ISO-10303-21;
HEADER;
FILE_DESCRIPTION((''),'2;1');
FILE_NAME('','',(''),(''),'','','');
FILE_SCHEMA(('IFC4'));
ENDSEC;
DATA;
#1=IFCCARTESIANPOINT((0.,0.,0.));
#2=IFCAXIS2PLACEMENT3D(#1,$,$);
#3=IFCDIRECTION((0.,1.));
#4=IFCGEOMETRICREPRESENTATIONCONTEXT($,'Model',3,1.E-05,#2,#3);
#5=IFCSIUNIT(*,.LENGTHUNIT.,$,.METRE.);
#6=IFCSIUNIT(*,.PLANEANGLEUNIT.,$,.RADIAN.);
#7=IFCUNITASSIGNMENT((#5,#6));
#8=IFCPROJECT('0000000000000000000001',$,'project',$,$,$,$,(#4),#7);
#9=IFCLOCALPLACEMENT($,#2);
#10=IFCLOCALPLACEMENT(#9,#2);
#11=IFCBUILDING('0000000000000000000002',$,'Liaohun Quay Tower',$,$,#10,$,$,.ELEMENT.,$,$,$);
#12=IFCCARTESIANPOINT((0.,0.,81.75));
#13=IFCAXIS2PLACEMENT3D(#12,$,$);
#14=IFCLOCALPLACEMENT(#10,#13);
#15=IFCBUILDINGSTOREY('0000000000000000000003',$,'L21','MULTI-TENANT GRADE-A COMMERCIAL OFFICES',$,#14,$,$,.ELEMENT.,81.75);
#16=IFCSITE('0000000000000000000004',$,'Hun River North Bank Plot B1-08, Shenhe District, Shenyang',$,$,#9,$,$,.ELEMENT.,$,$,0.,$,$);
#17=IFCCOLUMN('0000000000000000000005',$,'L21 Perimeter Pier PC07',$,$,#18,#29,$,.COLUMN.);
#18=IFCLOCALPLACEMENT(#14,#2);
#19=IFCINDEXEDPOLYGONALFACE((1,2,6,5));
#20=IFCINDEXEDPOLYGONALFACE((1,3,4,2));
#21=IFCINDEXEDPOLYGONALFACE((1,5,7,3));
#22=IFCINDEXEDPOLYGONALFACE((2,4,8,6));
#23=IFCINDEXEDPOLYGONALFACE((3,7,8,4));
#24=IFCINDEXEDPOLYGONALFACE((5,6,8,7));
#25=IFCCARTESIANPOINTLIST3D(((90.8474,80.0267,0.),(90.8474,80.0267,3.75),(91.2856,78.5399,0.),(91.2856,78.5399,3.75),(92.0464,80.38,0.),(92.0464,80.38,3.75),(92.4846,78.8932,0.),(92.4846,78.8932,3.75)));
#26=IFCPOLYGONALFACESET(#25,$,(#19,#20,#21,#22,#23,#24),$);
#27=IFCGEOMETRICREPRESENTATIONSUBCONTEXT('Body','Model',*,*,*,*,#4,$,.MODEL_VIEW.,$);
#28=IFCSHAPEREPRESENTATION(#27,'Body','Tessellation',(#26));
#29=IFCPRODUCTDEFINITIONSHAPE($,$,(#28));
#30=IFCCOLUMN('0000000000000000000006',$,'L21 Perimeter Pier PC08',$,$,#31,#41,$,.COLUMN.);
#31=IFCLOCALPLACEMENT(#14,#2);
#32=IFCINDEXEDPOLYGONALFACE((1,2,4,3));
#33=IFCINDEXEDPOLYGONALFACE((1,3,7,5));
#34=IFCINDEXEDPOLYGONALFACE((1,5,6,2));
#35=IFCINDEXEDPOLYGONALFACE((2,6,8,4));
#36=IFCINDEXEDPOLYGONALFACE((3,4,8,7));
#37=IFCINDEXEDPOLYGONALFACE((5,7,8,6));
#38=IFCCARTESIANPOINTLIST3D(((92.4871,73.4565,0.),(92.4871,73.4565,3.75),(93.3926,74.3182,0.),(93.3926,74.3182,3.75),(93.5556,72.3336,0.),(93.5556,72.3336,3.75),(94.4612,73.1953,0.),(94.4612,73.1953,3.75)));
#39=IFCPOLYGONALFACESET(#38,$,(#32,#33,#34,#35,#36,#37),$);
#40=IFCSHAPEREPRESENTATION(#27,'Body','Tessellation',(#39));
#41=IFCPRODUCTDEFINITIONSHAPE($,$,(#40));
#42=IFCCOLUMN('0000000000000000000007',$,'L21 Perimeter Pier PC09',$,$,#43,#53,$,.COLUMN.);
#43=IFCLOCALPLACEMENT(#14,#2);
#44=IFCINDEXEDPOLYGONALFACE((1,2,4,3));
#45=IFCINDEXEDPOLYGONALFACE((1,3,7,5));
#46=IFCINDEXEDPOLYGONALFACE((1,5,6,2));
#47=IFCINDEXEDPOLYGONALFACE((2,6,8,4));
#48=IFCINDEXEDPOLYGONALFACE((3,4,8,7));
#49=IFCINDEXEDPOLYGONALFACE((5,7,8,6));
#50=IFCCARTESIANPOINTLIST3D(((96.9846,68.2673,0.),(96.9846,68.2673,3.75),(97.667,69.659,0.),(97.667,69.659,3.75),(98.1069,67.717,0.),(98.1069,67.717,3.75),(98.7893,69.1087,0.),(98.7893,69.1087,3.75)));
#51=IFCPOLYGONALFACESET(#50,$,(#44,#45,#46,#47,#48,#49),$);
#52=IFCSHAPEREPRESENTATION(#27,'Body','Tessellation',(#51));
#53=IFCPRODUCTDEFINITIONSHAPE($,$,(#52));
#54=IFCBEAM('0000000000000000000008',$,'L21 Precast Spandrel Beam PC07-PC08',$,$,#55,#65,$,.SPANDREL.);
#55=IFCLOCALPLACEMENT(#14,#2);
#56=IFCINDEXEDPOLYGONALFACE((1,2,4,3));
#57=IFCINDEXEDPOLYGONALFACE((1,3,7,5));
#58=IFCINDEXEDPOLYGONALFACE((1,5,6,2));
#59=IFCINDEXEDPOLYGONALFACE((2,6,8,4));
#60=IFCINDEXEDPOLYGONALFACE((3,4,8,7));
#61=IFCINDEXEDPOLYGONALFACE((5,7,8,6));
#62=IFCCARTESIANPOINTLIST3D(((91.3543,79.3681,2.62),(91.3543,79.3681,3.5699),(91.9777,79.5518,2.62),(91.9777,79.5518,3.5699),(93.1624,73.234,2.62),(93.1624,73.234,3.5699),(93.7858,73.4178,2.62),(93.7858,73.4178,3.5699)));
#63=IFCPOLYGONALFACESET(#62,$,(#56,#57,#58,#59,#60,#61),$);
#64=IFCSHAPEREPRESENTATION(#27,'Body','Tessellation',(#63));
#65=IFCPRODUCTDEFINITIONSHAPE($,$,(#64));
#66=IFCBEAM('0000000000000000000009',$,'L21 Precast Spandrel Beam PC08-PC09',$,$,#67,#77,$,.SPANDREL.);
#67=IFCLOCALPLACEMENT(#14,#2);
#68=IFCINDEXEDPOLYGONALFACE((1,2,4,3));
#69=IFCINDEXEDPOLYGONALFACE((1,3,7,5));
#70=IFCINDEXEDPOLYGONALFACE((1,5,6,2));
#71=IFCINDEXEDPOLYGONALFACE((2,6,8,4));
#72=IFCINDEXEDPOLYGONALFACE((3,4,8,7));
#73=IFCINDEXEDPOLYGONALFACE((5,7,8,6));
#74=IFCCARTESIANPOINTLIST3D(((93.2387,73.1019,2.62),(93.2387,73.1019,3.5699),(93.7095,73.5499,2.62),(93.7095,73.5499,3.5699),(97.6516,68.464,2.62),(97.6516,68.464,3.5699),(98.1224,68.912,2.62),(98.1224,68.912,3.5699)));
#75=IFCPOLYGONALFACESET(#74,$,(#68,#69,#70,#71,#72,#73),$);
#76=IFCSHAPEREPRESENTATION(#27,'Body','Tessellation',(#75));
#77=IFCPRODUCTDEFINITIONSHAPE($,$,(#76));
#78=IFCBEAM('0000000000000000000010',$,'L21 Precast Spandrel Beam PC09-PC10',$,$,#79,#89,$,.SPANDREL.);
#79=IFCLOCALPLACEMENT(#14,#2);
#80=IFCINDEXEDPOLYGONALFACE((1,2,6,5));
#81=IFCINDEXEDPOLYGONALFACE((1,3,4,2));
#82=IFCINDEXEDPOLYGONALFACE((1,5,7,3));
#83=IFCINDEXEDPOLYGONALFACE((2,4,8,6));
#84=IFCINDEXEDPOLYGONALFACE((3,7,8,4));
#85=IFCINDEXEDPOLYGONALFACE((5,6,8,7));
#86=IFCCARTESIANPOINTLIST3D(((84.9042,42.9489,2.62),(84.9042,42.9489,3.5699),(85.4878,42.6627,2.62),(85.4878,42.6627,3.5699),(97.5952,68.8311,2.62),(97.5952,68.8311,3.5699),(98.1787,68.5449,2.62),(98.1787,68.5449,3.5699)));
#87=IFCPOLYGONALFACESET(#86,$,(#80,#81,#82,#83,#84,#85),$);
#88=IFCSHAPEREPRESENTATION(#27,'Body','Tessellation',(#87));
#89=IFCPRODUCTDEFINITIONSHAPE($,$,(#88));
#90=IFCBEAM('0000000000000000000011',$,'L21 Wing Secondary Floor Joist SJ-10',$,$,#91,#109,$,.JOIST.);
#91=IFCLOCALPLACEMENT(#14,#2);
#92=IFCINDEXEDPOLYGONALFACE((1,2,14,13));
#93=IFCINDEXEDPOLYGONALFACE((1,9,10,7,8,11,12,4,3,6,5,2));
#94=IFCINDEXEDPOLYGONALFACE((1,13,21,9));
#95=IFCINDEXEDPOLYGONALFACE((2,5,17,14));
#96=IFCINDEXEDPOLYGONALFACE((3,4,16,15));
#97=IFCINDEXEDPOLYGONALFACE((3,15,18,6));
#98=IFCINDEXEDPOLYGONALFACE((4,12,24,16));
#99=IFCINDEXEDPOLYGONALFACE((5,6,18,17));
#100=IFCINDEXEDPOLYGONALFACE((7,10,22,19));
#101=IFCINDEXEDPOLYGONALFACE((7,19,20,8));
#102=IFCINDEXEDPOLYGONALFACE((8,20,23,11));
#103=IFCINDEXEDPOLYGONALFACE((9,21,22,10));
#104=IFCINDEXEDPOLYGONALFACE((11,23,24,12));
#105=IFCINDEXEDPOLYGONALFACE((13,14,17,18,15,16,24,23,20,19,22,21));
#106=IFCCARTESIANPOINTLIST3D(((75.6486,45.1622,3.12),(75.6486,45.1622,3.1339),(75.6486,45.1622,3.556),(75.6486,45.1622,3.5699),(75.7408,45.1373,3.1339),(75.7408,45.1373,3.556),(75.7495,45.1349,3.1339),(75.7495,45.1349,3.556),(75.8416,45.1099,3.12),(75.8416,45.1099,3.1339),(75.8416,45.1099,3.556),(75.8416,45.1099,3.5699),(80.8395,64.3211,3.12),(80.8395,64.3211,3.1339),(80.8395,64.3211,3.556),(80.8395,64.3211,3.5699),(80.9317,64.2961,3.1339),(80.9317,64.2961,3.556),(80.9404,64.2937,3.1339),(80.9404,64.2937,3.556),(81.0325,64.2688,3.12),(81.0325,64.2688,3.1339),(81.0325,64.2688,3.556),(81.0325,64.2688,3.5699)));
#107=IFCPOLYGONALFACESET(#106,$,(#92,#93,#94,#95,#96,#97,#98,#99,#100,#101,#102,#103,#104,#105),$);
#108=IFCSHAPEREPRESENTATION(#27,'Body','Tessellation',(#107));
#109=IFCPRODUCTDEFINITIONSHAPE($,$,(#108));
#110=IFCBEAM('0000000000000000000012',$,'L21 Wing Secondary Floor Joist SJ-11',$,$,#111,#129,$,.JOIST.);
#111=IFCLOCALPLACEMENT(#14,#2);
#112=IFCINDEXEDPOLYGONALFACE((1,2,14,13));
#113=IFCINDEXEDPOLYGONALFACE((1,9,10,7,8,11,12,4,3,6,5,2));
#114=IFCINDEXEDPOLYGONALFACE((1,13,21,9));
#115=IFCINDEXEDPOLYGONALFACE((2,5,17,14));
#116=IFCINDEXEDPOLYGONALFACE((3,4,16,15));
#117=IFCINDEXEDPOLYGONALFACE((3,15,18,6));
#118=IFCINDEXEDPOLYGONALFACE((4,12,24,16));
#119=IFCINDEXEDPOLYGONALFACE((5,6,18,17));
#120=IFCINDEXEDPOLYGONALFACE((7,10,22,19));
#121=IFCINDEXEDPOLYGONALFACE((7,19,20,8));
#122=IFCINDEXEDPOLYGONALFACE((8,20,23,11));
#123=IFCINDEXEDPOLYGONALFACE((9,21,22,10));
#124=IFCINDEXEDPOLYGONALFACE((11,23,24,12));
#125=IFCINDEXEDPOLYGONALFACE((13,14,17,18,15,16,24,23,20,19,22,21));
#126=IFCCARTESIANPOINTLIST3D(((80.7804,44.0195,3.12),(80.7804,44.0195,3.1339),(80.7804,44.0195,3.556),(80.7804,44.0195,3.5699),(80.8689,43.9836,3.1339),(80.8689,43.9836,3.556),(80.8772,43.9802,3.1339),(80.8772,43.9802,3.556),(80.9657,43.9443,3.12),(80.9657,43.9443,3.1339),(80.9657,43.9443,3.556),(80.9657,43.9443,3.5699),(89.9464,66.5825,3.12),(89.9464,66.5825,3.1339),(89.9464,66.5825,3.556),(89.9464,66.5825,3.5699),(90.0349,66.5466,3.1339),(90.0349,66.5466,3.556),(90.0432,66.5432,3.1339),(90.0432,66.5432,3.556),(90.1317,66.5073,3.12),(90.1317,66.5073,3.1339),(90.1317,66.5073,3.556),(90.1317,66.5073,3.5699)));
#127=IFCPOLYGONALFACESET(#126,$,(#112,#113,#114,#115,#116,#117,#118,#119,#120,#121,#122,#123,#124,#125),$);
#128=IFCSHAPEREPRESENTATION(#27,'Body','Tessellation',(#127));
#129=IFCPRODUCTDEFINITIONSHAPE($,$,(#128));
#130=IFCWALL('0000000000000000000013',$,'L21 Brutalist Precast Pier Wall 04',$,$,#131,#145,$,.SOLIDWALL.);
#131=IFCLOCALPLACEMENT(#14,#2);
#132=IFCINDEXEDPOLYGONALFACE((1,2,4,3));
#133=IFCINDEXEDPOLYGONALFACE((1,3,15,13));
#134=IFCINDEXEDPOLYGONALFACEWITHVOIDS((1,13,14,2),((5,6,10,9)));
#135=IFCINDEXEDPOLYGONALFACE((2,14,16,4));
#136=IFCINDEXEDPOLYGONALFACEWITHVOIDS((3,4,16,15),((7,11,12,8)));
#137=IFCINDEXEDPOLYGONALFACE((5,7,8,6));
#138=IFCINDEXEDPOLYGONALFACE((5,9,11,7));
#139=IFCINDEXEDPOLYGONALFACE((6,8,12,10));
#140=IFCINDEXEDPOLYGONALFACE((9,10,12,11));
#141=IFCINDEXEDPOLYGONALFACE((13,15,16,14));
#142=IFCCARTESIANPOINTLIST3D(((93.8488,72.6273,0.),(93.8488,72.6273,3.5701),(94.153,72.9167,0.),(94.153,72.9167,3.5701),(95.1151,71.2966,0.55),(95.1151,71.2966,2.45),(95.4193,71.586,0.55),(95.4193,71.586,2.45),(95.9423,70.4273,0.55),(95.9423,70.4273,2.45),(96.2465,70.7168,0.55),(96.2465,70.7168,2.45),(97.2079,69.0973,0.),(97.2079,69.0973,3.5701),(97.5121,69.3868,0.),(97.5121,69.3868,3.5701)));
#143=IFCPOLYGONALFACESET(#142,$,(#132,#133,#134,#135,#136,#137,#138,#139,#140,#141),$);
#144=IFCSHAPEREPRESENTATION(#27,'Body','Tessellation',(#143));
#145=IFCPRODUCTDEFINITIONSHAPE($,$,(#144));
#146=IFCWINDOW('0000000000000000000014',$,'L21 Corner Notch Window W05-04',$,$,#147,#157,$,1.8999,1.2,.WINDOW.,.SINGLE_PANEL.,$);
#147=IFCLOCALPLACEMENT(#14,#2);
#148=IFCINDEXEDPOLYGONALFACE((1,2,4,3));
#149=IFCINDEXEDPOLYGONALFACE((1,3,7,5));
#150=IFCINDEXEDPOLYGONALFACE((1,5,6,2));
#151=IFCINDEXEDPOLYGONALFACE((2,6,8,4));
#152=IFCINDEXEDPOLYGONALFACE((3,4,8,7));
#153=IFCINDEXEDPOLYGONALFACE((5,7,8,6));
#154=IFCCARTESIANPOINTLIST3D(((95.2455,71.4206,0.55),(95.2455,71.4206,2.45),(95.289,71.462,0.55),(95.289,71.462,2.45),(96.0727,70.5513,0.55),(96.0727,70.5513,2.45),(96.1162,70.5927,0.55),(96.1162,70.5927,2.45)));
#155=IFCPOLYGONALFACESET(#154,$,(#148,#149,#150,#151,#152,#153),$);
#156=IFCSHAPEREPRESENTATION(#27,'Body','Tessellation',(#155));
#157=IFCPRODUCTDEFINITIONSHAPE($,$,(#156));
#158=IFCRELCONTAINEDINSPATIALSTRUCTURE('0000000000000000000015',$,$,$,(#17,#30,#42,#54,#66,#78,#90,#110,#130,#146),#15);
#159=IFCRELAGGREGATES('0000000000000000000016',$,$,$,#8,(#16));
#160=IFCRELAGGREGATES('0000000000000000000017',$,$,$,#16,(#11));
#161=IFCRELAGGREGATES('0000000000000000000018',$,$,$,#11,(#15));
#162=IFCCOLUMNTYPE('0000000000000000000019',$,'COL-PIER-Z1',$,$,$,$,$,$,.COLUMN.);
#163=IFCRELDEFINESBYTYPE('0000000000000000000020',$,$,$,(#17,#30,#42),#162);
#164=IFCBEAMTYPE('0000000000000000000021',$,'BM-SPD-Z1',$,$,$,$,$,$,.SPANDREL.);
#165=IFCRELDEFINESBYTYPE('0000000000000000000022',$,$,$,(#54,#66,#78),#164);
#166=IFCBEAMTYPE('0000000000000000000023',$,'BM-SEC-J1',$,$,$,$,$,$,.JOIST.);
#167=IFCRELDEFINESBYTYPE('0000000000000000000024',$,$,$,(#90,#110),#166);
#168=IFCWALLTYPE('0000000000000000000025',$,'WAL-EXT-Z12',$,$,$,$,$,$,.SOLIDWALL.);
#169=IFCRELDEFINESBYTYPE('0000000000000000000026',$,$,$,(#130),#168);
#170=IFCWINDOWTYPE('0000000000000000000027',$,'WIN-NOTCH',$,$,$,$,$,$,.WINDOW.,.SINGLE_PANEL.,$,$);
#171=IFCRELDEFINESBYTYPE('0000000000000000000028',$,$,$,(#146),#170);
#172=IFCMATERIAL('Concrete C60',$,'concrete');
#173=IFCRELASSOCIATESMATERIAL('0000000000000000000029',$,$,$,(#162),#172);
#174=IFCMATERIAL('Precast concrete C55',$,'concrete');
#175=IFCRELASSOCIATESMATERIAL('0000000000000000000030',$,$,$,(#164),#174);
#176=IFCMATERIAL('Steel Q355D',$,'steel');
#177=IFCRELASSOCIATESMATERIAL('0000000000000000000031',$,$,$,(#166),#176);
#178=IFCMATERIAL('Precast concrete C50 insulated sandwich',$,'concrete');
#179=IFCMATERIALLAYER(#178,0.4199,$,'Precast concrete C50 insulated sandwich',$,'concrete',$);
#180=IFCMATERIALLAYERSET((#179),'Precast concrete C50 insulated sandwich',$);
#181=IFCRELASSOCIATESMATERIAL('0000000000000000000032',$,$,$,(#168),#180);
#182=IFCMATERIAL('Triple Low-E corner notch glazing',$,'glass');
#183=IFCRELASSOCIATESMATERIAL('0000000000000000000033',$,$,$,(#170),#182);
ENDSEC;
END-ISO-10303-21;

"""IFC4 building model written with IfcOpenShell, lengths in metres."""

from ifc_helpers import new_model, si_unit, direction, frame, frame_2d, origin, origin_2d, place, context, subcontext, project, spatial, rectangle, i_section, extrude, source, transform, mapped, material, layer, layer_set, material_profile, profile_set, type_object, element, fill, save


model = new_model("IFC4")

# Units and contexts
model_context = context("Model", 3, precision=1e-05, world=origin(), true_north=direction((0.0, 1.0)))
body_context = subcontext(model_context, "Body", "Model", "MODEL_VIEW")
ifc_project = project(units=[si_unit("LENGTHUNIT", "METRE"), si_unit("PLANEANGLEUNIT", "RADIAN")], contexts=[model_context])

# Site, building, storey
site_placement = place(None, origin())
site = spatial("IfcSite", under=ifc_project, at=site_placement, Name="Hun River North Bank Plot B1-08, Shenhe District, Shenyang", CompositionType="ELEMENT", RefElevation=0.0)
building_placement = place(site_placement, origin())
building = spatial("IfcBuilding", under=site, at=building_placement, Name="Liaohun Quay Tower", CompositionType="ELEMENT")
storey_placement = place(building_placement, frame((0.0, 0.0, 81.75)))
storey = spatial("IfcBuildingStorey", under=building, at=storey_placement, Name="L21", Description="MULTI-TENANT GRADE-A COMMERCIAL OFFICES", CompositionType="ELEMENT", Elevation=81.75)

# Columns
ifc_material_1 = material(Name="Concrete C60", Category="concrete")
ifc_material_profile_1 = material_profile(ifc_material_1, rectangle(XDim=1.55, YDim=1.25, at=origin_2d()), Name="RC1550x1250")
ifc_profile_set_1 = profile_set([ifc_material_profile_1], Name="Concrete C60")
column_type = type_object("IfcColumnType", Name="COL-PIER-Z1", PredefinedType="COLUMN", material=ifc_profile_set_1)
shared_shape_1 = source(origin(), body_context, "Body", "SweptSolid", [
    extrude(rectangle(XDim=1.55, YDim=1.25, at=origin_2d()), origin(), (0.0, 0.0, 1.0), 3.75),
])
for number, where, z_axis, x_axis, name in (
    (1, (91.666, 79.46, 0.0), (0.0, 0.0, 1.0), (-0.282676, 0.959215, 0.0), "L21 Perimeter Pier PC07"),
    (2, (93.4741, 73.3259, 0.0), (0.0, 0.0, 1.0), (-0.689367, 0.724413, 0.0), "L21 Perimeter Pier PC08"),
    (3, (97.887, 68.688, 0.0), (0.0, 0.0, 1.0), (0.440253, 0.897874, 0.0), "L21 Perimeter Pier PC09"),
):
    element("IfcColumn", number, at=place(storey_placement, frame(where, z_axis=z_axis, x_axis=x_axis)), inside=storey, type_object=column_type, Name=name, PredefinedType="COLUMN", context=body_context, shape_type="MappedRepresentation", body=[
        mapped(shared_shape_1, transform((0.0, 0.0, 0.0), x_axis=(1.0, 0.0, 0.0), y_axis=(0.0, 1.0, 0.0), z_axis=(0.0, 0.0, 1.0), scale=1.0)),
    ])

# Beams
ifc_material_2 = material(Name="Precast concrete C55", Category="concrete")
ifc_material_profile_2 = material_profile(ifc_material_2, rectangle(XDim=0.6499, YDim=0.95, at=origin_2d()), Name="RC650x950")
ifc_profile_set_2 = profile_set([ifc_material_profile_2], Name="Precast concrete C55")
beam_type_1 = type_object("IfcBeamType", Name="BM-SPD-Z1", PredefinedType="SPANDREL", material=ifc_profile_set_2)
shared_shape_2 = source(origin(), body_context, "Body", "SweptSolid", [
    extrude(rectangle(XDim=0.6499, YDim=0.95, at=origin_2d()), origin(), (0.0, 0.0, 1.0), 6.395),
])
beam_1_placement = place(storey_placement, frame((91.666, 79.46, 3.095), z_axis=(0.282739, -0.959197, 0.0), x_axis=(0.959197, 0.282739, 0.0)))
element("IfcBeam", 4, at=beam_1_placement, inside=storey, type_object=beam_type_1, Name="L21 Precast Spandrel Beam PC07-PC08", PredefinedType="SPANDREL", context=body_context, shape_type="MappedRepresentation", body=[
    mapped(shared_shape_2, transform((0.0, 0.0, 0.0), x_axis=(1.0, 0.0, 0.0), y_axis=(0.0, 1.0, 0.0), z_axis=(0.0, 0.0, 1.0), scale=1.0)),
])
shared_shape_3 = source(origin(), body_context, "Body", "SweptSolid", [
    extrude(rectangle(XDim=0.6499, YDim=0.95, at=origin_2d()), origin(), (0.0, 0.0, 1.0), 6.4019),
])
beam_2_placement = place(storey_placement, frame((93.4741, 73.3259, 3.095), z_axis=(0.689308, -0.724469, 0.0), x_axis=(0.724469, 0.689308, 0.0)))
element("IfcBeam", 5, at=beam_2_placement, inside=storey, type_object=beam_type_1, Name="L21 Precast Spandrel Beam PC08-PC09", PredefinedType="SPANDREL", context=body_context, shape_type="MappedRepresentation", body=[
    mapped(shared_shape_3, transform((0.0, 0.0, 0.0), x_axis=(1.0, 0.0, 0.0), y_axis=(0.0, 1.0, 0.0), z_axis=(0.0, 0.0, 1.0), scale=1.0)),
])
shared_shape_4 = source(origin(), body_context, "Body", "SweptSolid", [
    extrude(rectangle(XDim=0.6499, YDim=0.95, at=origin_2d()), origin(), (0.0, 0.0, 1.0), 28.8262),
])
beam_3_placement = place(storey_placement, frame((97.887, 68.688, 3.095), z_axis=(-0.440259, -0.897871, 0.0), x_axis=(0.897871, -0.440259, 0.0)))
element("IfcBeam", 6, at=beam_3_placement, inside=storey, type_object=beam_type_1, Name="L21 Precast Spandrel Beam PC09-PC10", PredefinedType="SPANDREL", context=body_context, shape_type="MappedRepresentation", body=[
    mapped(shared_shape_4, transform((0.0, 0.0, 0.0), x_axis=(1.0, 0.0, 0.0), y_axis=(0.0, 1.0, 0.0), z_axis=(0.0, 0.0, 1.0), scale=1.0)),
])
ifc_material_3 = material(Name="Steel Q355D", Category="steel")
ifc_material_profile_3 = material_profile(ifc_material_3, i_section(OverallWidth=0.2, OverallDepth=0.45, WebThickness=0.009, FlangeThickness=0.0139, at=origin_2d()), Name="HN450x200x9x14")
ifc_profile_set_3 = profile_set([ifc_material_profile_3], Name="Steel Q355D")
beam_type_2 = type_object("IfcBeamType", Name="BM-SEC-J1", PredefinedType="JOIST", material=ifc_profile_set_3)
shared_shape_5 = source(origin(), body_context, "Body", "SweptSolid", [
    extrude(i_section(OverallWidth=0.2, OverallDepth=0.45, WebThickness=0.009, FlangeThickness=0.0139, at=origin_2d()), origin(), (0.0, 0.0, 1.0), 19.8496),
])
beam_4_placement = place(storey_placement, frame((80.936, 64.2949, 3.345), z_axis=(-0.261511, -0.9652, 0.0), x_axis=(0.9652, -0.261511, 0.0)))
element("IfcBeam", 7, at=beam_4_placement, inside=storey, type_object=beam_type_2, Name="L21 Wing Secondary Floor Joist SJ-10", PredefinedType="JOIST", context=body_context, shape_type="MappedRepresentation", body=[
    mapped(shared_shape_5, transform((0.0, 0.0, 0.0), x_axis=(1.0, 0.0, 0.0), y_axis=(0.0, 1.0, 0.0), z_axis=(0.0, 0.0, 1.0), scale=1.0)),
])
shared_shape_6 = source(origin(), body_context, "Body", "SweptSolid", [
    extrude(i_section(OverallWidth=0.2, OverallDepth=0.45, WebThickness=0.009, FlangeThickness=0.0139, at=origin_2d()), origin(), (0.0, 0.0, 1.0), 24.3538),
])
beam_5_placement = place(storey_placement, frame((90.0391, 66.5449, 3.345), z_axis=(-0.37637, -0.926469, 0.0), x_axis=(0.926469, -0.37637, 0.0)))
element("IfcBeam", 8, at=beam_5_placement, inside=storey, type_object=beam_type_2, Name="L21 Wing Secondary Floor Joist SJ-11", PredefinedType="JOIST", context=body_context, shape_type="MappedRepresentation", body=[
    mapped(shared_shape_6, transform((0.0, 0.0, 0.0), x_axis=(1.0, 0.0, 0.0), y_axis=(0.0, 1.0, 0.0), z_axis=(0.0, 0.0, 1.0), scale=1.0)),
])

# Wall, opening, window
ifc_material_4 = material(Name="Precast concrete C50 insulated sandwich", Category="concrete")
ifc_layer_1 = layer(ifc_material_4, 0.4199, Name="Precast concrete C50 insulated sandwich", Category="concrete")
ifc_layer_set_1 = layer_set([ifc_layer_1], Name="Precast concrete C50 insulated sandwich")
wall_type_1 = type_object("IfcWallType", Name="WAL-EXT-Z12", PredefinedType="SOLIDWALL", material=ifc_layer_set_1)
wall_1_placement = place(storey_placement, frame((97.3601, 69.2419, 0.0), z_axis=(0.0, 0.0, 1.0), x_axis=(-0.689354, 0.724425, 0.0)))
wall_1 = element("IfcWall", 9, at=wall_1_placement, inside=storey, type_object=wall_type_1, Name="L21 Brutalist Precast Pier Wall 04", PredefinedType="SOLIDWALL", context=body_context, shape_type="SweptSolid", body=[
    extrude(rectangle(XDim=4.8728, YDim=0.4199, at=frame_2d((2.4365, 0.0))), origin(), (0.0, 0.0, 1.0), 3.5701),
])
shared_shape_7 = source(origin(), body_context, "Body", "SweptSolid", [
    extrude(rectangle(XDim=1.2, YDim=1.8999, at=frame_2d((0.6001, 0.95))), frame((0.0, 0.22, 0.0), z_axis=(0.0, -1.0, 0.0), x_axis=(1.0, 0.0, 0.0)), (0.0, 0.0, 1.0), 0.4399),
])
opening_1_placement = place(wall_1_placement, frame((1.8359, 0.0, 0.55)))
opening_1 = element("IfcOpeningElement", 10, at=opening_1_placement, cuts=wall_1, PredefinedType="OPENING", context=body_context, shape_type="MappedRepresentation", body=[
    mapped(shared_shape_7, transform((0.0, 0.0, 0.0), x_axis=(1.0, 0.0, 0.0), y_axis=(0.0, 1.0, 0.0), z_axis=(0.0, 0.0, 1.0), scale=1.0)),
])
ifc_material_5 = material(Name="Triple Low-E corner notch glazing", Category="glass")
window_type_1 = type_object("IfcWindowType", Name="WIN-NOTCH", PartitioningType="SINGLE_PANEL", PredefinedType="WINDOW", material=ifc_material_5)
shared_shape_8 = source(origin(), body_context, "Body", "SweptSolid", [
    extrude(rectangle(XDim=1.2, YDim=1.8999, at=frame_2d((0.6001, 0.95))), frame((0.0, 0.03, 0.0), z_axis=(0.0, -1.0, 0.0), x_axis=(1.0, 0.0, 0.0)), (0.0, 0.0, 1.0), 0.0601),
])
window_1_placement = place(opening_1_placement, origin())
window_1 = element("IfcWindow", 11, at=window_1_placement, inside=storey, type_object=window_type_1, Name="L21 Corner Notch Window W05-04", OverallHeight=1.8999, OverallWidth=1.2, PartitioningType="SINGLE_PANEL", PredefinedType="WINDOW", context=body_context, shape_type="MappedRepresentation", body=[
    mapped(shared_shape_8, transform((0.0, 0.0, 0.0), x_axis=(1.0, 0.0, 0.0), y_axis=(0.0, 1.0, 0.0), z_axis=(0.0, 0.0, 1.0), scale=1.0)),
])
fill(opening_1, window_1)

save(model, "model.ifc")
